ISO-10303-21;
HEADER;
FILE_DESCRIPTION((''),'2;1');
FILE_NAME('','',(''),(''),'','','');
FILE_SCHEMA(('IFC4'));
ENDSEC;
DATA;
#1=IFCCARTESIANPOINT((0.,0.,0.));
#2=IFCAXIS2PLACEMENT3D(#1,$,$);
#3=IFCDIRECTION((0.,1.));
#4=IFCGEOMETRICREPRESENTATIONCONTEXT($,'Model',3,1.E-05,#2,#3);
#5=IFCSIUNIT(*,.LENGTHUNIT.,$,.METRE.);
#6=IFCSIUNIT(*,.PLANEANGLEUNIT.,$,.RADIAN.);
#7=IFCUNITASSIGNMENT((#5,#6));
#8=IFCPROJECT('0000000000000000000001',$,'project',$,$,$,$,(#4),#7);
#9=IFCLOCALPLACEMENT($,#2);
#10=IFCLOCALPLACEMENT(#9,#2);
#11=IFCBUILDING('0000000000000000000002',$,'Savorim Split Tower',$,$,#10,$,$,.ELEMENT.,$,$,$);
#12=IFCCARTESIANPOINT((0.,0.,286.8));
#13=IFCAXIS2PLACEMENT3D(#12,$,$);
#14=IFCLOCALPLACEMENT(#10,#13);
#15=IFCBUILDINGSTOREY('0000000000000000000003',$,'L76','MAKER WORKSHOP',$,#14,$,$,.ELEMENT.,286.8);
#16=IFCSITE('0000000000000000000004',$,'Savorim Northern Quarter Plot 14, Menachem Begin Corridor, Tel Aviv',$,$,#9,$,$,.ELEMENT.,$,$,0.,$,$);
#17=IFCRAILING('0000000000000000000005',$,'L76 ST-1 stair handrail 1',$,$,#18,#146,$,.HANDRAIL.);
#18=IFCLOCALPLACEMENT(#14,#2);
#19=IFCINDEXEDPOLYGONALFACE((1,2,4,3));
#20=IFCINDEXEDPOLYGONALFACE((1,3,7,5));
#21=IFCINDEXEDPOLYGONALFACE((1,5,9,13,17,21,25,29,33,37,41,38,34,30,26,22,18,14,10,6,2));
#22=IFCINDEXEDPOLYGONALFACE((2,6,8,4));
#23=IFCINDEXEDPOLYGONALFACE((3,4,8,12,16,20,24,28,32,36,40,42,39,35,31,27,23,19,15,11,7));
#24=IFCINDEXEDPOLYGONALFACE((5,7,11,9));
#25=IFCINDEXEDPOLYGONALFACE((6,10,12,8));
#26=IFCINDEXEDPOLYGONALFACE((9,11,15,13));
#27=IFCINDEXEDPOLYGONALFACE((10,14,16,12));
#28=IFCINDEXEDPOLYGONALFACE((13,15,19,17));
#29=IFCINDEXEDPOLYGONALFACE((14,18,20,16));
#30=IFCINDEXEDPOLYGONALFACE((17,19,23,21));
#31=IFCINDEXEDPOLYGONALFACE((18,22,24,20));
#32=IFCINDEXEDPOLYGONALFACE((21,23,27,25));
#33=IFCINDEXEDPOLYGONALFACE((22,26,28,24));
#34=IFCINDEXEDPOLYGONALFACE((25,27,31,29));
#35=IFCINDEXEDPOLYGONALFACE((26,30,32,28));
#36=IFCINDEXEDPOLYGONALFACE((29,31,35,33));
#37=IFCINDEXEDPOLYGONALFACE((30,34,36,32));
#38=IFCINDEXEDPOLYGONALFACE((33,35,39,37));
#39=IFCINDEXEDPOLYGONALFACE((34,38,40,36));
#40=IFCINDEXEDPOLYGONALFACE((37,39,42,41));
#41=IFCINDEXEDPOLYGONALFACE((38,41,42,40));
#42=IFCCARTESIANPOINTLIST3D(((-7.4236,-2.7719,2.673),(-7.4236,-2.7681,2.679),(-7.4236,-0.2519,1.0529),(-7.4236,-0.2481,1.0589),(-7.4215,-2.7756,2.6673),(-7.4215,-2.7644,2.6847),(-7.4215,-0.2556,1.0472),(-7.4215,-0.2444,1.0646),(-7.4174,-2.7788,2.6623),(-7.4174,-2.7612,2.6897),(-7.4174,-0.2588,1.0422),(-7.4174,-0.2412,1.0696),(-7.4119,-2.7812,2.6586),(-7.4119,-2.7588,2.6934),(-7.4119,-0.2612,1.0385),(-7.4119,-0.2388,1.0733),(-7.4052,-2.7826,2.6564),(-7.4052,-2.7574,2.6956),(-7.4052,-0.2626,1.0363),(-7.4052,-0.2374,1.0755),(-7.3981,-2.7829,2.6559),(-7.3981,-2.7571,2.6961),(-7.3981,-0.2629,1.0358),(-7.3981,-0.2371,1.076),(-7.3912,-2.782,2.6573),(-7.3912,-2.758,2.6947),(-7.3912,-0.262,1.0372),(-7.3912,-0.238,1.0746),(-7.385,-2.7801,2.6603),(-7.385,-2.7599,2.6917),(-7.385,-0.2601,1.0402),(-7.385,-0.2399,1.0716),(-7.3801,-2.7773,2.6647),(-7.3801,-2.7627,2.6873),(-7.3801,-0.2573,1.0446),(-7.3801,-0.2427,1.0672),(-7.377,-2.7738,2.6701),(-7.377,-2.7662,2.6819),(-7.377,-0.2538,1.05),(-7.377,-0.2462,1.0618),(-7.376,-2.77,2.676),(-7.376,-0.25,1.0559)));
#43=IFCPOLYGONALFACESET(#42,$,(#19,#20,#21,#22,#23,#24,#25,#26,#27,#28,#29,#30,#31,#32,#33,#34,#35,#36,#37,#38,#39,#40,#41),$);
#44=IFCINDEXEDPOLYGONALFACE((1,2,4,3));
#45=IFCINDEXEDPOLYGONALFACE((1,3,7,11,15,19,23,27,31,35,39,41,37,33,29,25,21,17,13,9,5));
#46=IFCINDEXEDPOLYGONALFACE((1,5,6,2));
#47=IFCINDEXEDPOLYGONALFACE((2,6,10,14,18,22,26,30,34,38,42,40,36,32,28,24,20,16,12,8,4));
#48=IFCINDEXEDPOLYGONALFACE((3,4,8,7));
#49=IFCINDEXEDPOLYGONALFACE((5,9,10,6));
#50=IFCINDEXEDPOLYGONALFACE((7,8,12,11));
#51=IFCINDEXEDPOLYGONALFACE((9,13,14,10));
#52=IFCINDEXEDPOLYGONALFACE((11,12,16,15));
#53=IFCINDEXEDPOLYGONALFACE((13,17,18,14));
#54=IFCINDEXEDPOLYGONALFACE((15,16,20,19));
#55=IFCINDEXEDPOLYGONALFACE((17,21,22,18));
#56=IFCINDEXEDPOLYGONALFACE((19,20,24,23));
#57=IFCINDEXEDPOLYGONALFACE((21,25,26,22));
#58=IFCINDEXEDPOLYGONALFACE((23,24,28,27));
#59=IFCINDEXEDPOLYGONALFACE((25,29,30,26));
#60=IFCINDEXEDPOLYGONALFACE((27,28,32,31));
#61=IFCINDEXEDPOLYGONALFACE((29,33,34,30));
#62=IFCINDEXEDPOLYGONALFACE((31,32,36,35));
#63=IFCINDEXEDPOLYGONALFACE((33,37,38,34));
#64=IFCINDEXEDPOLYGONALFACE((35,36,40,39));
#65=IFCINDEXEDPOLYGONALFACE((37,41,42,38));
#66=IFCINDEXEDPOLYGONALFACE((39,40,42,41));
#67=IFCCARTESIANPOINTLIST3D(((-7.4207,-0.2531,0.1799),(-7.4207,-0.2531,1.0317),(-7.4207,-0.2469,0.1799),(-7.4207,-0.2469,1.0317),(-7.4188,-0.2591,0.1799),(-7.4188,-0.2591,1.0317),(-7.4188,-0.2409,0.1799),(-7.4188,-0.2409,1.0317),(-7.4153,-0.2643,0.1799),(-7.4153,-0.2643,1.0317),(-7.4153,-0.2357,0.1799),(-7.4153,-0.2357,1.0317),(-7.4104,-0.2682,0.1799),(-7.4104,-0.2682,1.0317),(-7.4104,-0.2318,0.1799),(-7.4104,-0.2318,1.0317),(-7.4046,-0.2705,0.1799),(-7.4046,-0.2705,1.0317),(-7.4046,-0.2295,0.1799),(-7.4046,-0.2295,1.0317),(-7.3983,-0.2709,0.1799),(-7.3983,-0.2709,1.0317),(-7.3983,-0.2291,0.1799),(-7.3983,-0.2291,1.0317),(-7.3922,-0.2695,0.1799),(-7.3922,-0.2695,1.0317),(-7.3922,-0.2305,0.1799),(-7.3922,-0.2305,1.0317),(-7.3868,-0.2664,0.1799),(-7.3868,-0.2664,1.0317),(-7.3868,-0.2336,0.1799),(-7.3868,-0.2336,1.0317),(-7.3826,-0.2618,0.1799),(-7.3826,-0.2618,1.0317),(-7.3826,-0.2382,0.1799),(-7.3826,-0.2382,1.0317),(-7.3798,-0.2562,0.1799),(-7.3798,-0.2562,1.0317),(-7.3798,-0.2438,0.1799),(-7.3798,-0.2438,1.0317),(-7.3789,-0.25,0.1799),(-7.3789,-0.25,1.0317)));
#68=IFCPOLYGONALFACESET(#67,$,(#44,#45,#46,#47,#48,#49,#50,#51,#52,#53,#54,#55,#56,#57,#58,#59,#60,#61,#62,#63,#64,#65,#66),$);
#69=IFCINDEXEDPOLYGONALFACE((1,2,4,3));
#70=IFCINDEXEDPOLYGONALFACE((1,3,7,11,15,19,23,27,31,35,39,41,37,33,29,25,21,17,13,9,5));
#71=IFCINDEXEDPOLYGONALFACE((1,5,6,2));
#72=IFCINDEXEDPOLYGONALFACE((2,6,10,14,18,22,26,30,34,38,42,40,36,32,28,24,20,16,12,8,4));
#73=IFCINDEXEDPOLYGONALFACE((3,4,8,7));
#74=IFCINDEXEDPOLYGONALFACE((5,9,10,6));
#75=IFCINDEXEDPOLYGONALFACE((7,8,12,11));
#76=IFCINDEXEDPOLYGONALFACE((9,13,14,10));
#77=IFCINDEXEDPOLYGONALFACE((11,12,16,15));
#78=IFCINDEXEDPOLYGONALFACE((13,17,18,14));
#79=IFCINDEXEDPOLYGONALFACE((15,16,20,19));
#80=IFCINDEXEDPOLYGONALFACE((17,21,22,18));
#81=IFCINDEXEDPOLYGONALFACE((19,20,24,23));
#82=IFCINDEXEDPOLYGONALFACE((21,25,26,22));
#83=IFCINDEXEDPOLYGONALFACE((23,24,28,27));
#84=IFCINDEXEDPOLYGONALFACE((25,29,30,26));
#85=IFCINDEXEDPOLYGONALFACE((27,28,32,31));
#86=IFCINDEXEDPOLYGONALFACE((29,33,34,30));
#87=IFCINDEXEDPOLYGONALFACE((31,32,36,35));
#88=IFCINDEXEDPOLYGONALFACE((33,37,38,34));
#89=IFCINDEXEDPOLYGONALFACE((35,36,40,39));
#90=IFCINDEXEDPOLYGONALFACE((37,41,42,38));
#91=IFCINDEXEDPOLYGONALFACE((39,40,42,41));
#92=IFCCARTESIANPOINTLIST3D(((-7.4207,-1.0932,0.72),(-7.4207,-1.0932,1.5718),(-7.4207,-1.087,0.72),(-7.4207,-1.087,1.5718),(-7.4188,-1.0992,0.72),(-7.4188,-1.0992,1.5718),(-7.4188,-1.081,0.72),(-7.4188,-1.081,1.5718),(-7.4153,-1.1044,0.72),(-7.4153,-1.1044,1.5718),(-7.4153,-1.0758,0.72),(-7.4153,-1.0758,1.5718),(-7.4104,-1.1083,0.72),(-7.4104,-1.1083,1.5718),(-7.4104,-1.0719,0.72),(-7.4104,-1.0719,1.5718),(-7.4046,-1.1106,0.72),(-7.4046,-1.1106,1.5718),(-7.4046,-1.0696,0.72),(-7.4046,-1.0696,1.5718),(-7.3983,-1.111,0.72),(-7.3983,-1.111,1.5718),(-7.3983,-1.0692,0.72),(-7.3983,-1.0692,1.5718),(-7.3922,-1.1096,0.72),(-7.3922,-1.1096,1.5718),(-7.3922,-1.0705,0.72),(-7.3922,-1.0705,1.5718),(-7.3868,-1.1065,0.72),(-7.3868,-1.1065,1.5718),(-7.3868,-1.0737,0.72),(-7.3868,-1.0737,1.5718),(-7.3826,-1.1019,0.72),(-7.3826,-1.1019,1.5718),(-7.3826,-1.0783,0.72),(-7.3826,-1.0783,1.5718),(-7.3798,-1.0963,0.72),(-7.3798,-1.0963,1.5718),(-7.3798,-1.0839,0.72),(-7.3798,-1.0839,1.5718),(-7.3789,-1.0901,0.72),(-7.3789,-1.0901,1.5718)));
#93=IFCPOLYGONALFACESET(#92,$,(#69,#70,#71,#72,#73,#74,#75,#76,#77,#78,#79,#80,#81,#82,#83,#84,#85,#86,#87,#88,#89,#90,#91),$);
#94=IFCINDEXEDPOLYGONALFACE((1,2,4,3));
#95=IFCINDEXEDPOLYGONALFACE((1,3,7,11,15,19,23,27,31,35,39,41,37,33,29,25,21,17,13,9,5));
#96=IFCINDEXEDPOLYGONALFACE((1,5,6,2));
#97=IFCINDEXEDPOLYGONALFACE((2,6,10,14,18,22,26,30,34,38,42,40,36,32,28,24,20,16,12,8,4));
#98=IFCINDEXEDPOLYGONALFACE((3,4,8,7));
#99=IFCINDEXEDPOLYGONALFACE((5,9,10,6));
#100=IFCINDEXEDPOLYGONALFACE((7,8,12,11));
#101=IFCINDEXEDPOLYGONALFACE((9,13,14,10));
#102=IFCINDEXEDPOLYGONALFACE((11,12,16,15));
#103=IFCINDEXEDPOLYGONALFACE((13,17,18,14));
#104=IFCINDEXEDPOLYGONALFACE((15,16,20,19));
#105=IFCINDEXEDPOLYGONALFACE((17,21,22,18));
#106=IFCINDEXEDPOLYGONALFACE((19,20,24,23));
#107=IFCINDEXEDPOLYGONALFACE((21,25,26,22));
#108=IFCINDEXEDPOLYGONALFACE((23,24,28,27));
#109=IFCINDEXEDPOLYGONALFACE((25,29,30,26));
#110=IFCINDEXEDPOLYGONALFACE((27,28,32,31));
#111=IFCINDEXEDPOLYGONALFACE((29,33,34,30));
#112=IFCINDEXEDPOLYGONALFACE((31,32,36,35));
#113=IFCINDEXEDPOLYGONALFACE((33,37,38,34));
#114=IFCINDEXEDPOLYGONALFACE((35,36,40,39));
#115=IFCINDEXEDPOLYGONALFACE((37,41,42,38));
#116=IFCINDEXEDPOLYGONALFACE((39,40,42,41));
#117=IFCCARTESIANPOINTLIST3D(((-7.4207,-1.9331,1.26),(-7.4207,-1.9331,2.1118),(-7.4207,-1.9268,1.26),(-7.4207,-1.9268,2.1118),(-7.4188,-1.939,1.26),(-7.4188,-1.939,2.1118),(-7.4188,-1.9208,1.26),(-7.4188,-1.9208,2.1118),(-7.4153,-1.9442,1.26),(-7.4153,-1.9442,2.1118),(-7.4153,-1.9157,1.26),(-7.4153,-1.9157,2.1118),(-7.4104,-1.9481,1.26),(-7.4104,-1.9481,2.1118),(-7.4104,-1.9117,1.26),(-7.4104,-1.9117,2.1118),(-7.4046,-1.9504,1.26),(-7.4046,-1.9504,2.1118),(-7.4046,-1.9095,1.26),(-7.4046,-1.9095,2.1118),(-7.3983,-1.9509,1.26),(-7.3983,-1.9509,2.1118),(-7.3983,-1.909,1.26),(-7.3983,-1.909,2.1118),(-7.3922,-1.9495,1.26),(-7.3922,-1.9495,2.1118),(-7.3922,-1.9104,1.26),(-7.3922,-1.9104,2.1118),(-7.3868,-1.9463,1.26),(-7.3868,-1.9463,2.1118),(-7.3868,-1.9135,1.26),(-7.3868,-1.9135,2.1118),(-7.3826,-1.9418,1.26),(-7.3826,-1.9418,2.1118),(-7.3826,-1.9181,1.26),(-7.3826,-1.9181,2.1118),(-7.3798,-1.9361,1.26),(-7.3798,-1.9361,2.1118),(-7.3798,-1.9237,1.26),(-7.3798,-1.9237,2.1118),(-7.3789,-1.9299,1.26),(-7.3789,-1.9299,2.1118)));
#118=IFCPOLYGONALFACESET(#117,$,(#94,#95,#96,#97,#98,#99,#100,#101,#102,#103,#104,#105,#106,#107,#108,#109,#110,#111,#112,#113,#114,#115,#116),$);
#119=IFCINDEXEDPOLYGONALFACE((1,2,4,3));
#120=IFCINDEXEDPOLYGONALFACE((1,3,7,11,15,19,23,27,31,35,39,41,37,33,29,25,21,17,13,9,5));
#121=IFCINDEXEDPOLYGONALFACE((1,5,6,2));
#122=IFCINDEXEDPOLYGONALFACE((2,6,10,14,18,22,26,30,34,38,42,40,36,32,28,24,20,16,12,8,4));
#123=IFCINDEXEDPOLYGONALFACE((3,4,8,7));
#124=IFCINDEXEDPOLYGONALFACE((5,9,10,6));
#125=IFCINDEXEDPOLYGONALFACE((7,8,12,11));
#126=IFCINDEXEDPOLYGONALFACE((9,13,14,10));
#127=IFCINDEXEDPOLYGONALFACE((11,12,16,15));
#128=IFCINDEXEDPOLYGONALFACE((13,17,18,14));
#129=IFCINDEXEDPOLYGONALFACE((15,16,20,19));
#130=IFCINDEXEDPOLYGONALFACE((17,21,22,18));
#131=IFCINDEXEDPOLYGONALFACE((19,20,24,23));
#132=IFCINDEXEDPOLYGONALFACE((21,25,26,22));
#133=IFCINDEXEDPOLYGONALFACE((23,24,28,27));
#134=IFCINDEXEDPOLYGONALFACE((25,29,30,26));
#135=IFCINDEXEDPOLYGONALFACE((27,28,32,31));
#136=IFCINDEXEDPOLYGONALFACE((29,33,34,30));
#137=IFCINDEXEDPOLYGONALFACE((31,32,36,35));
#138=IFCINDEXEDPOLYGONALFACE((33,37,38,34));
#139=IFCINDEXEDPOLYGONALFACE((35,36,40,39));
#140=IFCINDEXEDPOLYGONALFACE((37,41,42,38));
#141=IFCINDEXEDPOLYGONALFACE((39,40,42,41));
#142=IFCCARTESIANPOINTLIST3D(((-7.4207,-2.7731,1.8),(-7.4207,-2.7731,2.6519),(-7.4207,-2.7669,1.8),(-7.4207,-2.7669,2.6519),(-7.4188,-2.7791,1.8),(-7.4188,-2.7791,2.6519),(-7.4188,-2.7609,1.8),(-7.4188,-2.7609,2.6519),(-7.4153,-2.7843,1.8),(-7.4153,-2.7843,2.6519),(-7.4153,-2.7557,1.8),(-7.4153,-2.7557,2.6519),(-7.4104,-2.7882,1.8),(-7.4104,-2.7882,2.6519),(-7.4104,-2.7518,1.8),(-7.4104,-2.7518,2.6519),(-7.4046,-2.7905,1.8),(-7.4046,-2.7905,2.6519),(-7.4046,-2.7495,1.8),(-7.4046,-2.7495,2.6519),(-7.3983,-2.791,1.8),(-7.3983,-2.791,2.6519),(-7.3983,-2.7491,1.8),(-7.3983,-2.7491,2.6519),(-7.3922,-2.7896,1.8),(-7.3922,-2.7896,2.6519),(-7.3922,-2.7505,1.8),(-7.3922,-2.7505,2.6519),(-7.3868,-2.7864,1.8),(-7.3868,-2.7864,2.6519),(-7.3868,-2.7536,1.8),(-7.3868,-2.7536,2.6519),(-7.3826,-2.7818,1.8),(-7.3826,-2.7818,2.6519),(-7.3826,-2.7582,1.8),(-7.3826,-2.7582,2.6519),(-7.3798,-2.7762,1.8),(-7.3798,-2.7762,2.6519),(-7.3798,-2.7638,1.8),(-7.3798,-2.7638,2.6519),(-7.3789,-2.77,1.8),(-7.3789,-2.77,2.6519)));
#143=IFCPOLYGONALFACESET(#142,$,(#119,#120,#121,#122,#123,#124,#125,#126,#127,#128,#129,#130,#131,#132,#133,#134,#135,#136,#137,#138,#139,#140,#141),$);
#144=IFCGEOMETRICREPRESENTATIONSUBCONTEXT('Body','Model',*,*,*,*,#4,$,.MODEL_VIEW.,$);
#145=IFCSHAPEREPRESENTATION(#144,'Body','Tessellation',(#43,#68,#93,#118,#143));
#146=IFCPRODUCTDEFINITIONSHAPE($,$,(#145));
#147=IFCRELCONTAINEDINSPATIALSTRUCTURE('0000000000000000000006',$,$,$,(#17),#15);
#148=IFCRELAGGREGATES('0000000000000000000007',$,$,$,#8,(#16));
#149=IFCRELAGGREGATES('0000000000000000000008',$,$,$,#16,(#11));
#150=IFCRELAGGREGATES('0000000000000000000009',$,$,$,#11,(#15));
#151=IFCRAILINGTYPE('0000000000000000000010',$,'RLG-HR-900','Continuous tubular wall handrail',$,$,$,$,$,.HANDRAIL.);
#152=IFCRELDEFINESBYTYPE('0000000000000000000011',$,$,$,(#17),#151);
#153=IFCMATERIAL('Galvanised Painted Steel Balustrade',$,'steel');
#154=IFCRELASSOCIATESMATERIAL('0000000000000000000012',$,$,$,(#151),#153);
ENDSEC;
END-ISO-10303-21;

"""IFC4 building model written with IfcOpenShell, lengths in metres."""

from ifc_helpers import new_model, si_unit, direction, frame, origin, origin_2d, place, context, subcontext, project, spatial, circle, extrude, material, type_object, element, save


model = new_model("IFC4")

# Units and contexts
model_context = context("Model", 3, precision=1e-05, world=origin(), true_north=direction((0.0, 1.0)))
body_context = subcontext(model_context, "Body", "Model", "MODEL_VIEW")
ifc_project = project(units=[si_unit("LENGTHUNIT", "METRE"), si_unit("PLANEANGLEUNIT", "RADIAN")], contexts=[model_context])

# Site, building, storey
site_placement = place(None, origin())
site = spatial("IfcSite", under=ifc_project, at=site_placement, Name="Savorim Northern Quarter Plot 14, Menachem Begin Corridor, Tel Aviv", CompositionType="ELEMENT", RefElevation=0.0)
building_placement = place(site_placement, origin())
building = spatial("IfcBuilding", under=site, at=building_placement, Name="Savorim Split Tower", CompositionType="ELEMENT")
storey_placement = place(building_placement, frame((0.0, 0.0, 286.8)))
storey = spatial("IfcBuildingStorey", under=building, at=storey_placement, Name="L76", Description="MAKER WORKSHOP", CompositionType="ELEMENT", Elevation=286.8)

# Railing
ifc_material_1 = material(Name="Galvanised Painted Steel Balustrade", Category="steel")
railing_type_1 = type_object("IfcRailingType", Name="RLG-HR-900", Description="Continuous tubular wall handrail", PredefinedType="HANDRAIL", material=ifc_material_1)
railing_1_placement = place(storey_placement, frame((-7.3999, -0.25, 0.1799)))
element("IfcRailing", 1, at=railing_1_placement, inside=storey, type_object=railing_type_1, Name="L76 ST-1 stair handrail 1", PredefinedType="HANDRAIL", context=body_context, shape_type="SweptSolid", body=[
    extrude(circle(Radius=0.0239, at=origin_2d()), frame((0.0, 0.0, 0.876), z_axis=(0.0, -0.841163, 0.540782), x_axis=(1.0, 0.0, 0.0)), (0.0, 0.0, 1.0), 2.9958),
    extrude(circle(Radius=0.021, at=origin_2d()), origin(), (0.0, 0.0, 1.0), 0.8518),
    extrude(circle(Radius=0.021, at=origin_2d()), frame((0.0, -0.8401, 0.54)), (0.0, 0.0, 1.0), 0.8518),
    extrude(circle(Radius=0.021, at=origin_2d()), frame((0.0, -1.6799, 1.0801)), (0.0, 0.0, 1.0), 0.8518),
    extrude(circle(Radius=0.021, at=origin_2d()), frame((0.0, -2.52, 1.6201)), (0.0, 0.0, 1.0), 0.8518),
])

save(model, "model.ifc")
